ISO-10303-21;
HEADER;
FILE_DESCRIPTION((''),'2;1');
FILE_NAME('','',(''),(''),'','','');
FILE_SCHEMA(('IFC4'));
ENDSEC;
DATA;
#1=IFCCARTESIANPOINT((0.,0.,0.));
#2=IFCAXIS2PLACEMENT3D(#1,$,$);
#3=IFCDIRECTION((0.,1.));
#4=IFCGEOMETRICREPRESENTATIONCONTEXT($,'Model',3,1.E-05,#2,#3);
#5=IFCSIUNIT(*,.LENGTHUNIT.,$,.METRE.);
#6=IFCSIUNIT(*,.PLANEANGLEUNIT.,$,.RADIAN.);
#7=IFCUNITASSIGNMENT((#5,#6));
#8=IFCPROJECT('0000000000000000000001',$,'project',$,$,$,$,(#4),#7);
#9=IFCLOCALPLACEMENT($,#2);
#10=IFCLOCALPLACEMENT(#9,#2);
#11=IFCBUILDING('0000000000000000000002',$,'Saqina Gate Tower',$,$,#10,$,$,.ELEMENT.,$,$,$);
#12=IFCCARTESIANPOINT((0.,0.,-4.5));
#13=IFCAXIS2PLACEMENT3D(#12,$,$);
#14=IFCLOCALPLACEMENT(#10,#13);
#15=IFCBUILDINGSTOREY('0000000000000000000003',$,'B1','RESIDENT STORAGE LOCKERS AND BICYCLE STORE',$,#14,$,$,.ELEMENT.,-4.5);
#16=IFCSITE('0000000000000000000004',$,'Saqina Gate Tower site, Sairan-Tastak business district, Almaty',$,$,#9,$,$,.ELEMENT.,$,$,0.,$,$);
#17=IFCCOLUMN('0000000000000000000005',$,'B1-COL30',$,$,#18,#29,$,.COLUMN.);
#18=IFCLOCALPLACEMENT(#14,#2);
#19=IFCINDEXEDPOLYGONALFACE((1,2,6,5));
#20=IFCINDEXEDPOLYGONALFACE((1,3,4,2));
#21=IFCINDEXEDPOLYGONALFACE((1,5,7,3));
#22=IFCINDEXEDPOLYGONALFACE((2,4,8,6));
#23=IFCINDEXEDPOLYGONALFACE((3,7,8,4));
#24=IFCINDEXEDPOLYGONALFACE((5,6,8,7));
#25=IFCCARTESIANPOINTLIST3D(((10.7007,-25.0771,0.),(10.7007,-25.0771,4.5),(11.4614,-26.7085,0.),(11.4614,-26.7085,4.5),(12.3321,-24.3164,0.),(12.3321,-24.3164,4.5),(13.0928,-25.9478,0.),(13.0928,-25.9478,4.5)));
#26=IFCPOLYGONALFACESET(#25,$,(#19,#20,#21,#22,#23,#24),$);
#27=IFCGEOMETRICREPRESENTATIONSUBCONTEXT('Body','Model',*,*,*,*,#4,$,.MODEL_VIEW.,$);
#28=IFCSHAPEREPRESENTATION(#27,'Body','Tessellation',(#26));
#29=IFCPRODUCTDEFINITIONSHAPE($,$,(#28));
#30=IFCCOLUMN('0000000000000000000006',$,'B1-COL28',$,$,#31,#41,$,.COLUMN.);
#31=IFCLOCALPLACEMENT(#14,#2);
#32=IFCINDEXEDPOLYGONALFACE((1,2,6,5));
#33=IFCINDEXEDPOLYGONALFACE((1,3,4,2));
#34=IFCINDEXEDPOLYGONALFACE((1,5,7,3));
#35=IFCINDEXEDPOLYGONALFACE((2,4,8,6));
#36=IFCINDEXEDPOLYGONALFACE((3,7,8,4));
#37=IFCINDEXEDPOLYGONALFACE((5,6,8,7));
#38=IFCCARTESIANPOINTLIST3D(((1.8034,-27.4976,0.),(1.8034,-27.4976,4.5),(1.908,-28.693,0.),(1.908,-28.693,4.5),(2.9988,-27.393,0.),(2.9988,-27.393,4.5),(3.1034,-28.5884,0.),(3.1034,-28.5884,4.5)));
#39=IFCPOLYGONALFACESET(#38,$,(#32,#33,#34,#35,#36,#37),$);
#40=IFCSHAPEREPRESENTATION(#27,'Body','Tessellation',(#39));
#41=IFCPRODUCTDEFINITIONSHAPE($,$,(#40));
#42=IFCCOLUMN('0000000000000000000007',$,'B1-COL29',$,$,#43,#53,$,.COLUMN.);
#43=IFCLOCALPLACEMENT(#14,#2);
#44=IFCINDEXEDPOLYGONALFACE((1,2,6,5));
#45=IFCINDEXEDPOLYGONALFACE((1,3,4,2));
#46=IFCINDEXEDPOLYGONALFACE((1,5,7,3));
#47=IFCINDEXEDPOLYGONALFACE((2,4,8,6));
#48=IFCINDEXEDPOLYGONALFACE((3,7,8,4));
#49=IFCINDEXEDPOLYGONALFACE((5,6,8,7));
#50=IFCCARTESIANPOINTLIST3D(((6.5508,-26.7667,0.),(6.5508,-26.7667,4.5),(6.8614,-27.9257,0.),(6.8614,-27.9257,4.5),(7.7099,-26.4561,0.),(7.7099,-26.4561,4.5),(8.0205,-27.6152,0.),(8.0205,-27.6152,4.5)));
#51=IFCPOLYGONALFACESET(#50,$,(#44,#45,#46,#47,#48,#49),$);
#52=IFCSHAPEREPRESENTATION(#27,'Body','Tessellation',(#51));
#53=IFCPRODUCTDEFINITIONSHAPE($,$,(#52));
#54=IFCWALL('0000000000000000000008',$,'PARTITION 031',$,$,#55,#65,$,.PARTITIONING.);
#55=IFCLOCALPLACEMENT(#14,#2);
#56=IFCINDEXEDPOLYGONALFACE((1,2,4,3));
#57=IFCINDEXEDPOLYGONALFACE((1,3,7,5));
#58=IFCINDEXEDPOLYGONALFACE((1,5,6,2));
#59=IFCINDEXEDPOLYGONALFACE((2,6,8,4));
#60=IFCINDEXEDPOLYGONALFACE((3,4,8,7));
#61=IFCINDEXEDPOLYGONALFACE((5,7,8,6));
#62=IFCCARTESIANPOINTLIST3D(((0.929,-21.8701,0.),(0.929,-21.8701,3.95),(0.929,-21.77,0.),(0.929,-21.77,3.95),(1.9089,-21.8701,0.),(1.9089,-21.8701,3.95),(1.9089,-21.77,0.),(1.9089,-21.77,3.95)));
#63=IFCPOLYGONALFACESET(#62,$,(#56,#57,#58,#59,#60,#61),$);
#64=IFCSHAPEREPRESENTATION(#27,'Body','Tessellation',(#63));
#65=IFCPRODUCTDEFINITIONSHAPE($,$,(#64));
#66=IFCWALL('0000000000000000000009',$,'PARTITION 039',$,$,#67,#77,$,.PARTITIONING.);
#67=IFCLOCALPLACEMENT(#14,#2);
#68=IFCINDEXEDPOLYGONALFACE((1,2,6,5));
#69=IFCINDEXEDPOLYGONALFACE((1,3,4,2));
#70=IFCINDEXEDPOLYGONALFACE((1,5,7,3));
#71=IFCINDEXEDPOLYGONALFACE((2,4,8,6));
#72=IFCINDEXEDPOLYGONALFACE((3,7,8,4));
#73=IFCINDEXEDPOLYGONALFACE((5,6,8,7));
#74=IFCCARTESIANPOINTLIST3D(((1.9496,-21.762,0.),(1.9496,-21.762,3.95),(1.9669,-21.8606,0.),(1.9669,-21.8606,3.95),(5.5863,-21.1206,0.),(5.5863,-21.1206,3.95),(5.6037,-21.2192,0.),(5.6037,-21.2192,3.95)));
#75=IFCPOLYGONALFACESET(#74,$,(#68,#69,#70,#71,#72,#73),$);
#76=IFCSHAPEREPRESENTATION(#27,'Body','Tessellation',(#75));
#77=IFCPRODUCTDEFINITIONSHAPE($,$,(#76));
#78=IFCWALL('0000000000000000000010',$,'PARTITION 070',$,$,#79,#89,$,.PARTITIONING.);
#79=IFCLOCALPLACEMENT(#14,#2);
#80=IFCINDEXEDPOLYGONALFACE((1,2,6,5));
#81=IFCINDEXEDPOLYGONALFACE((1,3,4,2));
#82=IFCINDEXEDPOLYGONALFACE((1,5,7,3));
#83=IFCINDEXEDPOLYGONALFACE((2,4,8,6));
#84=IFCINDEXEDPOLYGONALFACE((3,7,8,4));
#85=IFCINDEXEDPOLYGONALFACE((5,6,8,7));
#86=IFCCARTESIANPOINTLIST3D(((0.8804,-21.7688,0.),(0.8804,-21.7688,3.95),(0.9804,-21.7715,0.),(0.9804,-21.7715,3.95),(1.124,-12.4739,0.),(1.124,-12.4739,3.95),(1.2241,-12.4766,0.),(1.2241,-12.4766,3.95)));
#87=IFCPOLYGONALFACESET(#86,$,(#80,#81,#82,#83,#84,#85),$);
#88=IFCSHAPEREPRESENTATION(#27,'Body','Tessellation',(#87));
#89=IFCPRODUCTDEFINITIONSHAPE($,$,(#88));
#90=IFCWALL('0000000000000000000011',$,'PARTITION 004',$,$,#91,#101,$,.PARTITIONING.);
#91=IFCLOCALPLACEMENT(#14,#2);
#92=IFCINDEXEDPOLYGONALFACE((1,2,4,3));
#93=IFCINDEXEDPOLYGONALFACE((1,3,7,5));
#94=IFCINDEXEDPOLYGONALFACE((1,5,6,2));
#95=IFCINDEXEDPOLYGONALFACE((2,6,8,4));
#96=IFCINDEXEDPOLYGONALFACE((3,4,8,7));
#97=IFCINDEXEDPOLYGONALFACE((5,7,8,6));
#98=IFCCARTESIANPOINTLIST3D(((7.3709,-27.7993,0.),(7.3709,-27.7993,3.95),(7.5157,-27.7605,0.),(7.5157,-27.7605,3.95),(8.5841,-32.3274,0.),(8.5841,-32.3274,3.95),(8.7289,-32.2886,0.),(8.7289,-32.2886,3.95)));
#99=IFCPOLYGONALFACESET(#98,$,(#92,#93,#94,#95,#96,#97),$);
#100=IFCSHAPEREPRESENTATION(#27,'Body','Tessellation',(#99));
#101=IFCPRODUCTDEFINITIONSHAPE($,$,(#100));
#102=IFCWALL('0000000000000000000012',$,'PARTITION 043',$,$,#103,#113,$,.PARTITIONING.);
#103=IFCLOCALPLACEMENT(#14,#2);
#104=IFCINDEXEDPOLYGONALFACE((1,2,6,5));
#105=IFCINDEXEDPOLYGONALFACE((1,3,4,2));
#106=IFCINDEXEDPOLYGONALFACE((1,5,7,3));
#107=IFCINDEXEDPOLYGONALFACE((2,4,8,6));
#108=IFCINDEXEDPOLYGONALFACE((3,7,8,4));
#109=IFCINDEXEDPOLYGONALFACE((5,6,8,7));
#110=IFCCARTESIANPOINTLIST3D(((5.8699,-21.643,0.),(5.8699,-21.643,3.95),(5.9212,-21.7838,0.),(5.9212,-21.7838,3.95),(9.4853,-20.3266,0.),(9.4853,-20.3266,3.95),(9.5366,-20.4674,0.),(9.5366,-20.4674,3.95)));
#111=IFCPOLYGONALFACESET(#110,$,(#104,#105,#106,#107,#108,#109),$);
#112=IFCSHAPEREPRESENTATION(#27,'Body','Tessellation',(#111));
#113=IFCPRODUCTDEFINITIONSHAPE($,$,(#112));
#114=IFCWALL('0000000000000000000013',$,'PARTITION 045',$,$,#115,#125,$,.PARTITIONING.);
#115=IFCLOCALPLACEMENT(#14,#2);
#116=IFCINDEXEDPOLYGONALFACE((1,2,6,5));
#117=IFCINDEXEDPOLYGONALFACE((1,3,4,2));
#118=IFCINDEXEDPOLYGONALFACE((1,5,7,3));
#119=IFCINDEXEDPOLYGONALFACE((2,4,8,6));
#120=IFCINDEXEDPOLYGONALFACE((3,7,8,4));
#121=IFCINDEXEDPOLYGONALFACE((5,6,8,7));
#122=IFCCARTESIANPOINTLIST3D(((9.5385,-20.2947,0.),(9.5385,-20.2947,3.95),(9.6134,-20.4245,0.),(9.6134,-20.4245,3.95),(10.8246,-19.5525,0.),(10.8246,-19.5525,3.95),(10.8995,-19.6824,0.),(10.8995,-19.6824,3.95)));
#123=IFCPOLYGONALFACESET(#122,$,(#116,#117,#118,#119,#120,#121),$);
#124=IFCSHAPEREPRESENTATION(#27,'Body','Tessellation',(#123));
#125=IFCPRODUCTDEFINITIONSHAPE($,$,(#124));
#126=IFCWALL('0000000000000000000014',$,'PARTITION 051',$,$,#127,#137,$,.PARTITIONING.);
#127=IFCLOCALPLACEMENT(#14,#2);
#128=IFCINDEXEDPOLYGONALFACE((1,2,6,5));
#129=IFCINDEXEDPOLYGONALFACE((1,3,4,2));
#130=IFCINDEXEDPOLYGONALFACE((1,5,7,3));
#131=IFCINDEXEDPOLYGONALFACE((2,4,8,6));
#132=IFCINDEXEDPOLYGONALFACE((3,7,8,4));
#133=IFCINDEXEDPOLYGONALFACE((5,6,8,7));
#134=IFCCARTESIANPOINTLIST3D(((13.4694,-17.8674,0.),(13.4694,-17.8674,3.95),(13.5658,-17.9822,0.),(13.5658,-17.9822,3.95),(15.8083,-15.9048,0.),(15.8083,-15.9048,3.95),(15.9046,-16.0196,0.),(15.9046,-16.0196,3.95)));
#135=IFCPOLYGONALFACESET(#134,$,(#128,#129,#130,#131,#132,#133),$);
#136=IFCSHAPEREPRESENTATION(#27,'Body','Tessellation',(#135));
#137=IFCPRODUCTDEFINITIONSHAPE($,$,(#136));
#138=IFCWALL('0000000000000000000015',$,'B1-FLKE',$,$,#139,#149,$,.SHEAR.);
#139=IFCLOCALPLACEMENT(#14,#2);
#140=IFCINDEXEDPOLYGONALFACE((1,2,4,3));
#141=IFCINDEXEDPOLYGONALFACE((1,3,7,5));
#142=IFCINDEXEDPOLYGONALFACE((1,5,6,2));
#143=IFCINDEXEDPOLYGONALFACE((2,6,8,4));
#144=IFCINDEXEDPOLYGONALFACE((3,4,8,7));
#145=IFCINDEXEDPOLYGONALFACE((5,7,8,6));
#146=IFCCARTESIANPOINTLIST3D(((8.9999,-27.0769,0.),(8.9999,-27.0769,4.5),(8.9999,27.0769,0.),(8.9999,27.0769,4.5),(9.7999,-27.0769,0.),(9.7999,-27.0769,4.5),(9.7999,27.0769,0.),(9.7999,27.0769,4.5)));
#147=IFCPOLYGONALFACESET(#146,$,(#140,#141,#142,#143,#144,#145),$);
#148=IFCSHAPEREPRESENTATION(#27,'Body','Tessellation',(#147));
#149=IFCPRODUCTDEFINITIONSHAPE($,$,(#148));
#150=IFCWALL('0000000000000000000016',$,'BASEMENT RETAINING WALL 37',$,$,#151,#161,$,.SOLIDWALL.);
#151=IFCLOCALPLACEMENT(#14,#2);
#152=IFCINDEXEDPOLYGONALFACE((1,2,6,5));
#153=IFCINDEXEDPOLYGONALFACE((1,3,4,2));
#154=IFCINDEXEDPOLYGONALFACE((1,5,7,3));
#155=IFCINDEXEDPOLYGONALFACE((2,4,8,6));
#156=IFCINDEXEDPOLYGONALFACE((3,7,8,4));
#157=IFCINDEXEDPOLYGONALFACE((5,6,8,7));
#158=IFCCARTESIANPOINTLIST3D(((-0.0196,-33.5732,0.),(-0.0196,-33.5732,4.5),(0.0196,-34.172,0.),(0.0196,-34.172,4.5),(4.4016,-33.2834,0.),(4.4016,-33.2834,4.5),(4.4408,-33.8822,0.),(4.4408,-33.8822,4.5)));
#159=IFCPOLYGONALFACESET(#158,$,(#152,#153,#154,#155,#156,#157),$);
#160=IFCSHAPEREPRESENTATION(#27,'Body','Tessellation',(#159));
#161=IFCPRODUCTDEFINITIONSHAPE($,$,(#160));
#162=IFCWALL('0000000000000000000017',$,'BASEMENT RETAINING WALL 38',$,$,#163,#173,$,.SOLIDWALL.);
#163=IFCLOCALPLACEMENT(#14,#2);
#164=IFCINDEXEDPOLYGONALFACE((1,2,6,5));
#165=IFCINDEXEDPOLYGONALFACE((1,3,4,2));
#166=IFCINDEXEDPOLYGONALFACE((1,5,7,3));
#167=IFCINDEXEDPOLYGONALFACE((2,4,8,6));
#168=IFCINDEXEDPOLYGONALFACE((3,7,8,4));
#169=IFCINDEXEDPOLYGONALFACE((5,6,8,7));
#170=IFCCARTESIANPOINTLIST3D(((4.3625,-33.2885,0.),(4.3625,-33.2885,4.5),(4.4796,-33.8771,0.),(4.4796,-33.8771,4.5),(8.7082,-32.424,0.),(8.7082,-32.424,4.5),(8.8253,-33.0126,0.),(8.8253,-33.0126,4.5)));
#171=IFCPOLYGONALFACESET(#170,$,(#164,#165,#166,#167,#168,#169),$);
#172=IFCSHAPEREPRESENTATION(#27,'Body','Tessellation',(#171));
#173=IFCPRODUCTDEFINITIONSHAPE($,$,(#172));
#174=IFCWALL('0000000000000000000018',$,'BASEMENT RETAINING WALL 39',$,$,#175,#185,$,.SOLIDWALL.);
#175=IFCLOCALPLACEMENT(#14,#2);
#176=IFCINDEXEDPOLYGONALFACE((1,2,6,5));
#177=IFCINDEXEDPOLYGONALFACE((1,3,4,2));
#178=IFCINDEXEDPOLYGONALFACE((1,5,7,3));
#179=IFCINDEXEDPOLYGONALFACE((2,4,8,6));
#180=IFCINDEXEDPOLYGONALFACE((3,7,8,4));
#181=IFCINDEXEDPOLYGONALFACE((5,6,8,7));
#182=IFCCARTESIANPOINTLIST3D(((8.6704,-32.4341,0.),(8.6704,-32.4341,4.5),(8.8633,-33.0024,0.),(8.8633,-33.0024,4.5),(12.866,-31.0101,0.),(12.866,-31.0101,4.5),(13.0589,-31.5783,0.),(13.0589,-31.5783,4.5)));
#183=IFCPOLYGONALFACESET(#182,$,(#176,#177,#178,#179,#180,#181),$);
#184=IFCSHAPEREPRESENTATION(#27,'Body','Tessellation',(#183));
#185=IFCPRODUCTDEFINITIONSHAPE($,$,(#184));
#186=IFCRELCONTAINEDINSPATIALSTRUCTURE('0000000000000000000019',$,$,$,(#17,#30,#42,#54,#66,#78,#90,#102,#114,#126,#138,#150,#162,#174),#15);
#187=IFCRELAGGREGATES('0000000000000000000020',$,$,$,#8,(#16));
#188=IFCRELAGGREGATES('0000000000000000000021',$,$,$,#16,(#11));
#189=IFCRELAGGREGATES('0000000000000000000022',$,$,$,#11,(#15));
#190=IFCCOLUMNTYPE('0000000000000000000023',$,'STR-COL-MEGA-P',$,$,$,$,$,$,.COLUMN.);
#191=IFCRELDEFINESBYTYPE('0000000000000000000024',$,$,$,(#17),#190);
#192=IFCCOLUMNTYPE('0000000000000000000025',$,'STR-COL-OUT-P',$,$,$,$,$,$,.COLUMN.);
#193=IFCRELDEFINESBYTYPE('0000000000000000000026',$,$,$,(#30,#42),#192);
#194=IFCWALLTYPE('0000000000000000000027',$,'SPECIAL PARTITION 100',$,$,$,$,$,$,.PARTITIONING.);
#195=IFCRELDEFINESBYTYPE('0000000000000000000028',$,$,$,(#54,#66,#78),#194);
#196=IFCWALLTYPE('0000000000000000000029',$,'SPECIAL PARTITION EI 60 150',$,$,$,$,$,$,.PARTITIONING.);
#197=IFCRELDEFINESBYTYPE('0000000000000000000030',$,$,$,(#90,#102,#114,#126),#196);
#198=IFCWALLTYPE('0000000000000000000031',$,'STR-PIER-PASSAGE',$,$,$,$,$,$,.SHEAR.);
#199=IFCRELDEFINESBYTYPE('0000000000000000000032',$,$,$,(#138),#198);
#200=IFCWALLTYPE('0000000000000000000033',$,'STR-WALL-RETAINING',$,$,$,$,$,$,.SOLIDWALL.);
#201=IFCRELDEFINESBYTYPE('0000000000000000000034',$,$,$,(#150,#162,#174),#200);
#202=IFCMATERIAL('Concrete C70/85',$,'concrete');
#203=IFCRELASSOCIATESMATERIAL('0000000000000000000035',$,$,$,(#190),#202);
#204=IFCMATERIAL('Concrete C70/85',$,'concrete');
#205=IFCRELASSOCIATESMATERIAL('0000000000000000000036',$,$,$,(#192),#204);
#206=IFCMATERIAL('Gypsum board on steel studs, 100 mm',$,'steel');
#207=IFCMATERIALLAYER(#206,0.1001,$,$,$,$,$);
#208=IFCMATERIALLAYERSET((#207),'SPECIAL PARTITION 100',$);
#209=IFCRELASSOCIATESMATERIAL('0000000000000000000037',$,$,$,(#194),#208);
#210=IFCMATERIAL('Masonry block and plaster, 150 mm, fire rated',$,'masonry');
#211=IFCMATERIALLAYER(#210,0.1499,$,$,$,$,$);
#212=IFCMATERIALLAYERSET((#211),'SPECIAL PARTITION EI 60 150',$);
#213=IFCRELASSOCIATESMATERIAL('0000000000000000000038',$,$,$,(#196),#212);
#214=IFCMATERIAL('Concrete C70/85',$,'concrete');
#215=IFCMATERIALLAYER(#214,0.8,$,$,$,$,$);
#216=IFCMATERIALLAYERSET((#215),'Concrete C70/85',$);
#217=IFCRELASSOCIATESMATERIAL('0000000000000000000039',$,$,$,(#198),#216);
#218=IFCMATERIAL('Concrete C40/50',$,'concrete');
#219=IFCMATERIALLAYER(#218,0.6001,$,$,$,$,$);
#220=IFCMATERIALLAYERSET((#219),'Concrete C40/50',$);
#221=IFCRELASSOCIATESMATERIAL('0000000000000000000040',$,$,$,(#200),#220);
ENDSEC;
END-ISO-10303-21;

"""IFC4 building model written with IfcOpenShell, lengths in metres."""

from ifc_helpers import new_model, si_unit, direction, frame, frame_2d, origin, origin_2d, place, context, subcontext, project, spatial, rectangle, extrude, material, layer, layer_set, material_profile, profile_set, type_object, element, save


model = new_model("IFC4")

# Units and contexts
model_context = context("Model", 3, precision=1e-05, world=origin(), true_north=direction((0.0, 1.0)))
body_context = subcontext(model_context, "Body", "Model", "MODEL_VIEW")
ifc_project = project(units=[si_unit("LENGTHUNIT", "METRE"), si_unit("PLANEANGLEUNIT", "RADIAN")], contexts=[model_context])

# Site, building, storey
site_placement = place(None, origin())
site = spatial("IfcSite", under=ifc_project, at=site_placement, Name="Saqina Gate Tower site, Sairan-Tastak business district, Almaty", CompositionType="ELEMENT", RefElevation=0.0)
building_placement = place(site_placement, origin())
building = spatial("IfcBuilding", under=site, at=building_placement, Name="Saqina Gate Tower", CompositionType="ELEMENT")
storey_placement = place(building_placement, frame((0.0, 0.0, -4.5)))
storey = spatial("IfcBuildingStorey", under=building, at=storey_placement, Name="B1", Description="RESIDENT STORAGE LOCKERS AND BICYCLE STORE", CompositionType="ELEMENT", Elevation=-4.5)

# Columns
ifc_material_1 = material(Name="Concrete C70/85", Category="concrete")
ifc_material_profile_1 = material_profile(ifc_material_1, rectangle(XDim=1.8, YDim=1.8, at=origin_2d()), Name="RC 1800x1800")
ifc_profile_set_1 = profile_set([ifc_material_profile_1], Name="Concrete C70/85")
column_type_1 = type_object("IfcColumnType", Name="STR-COL-MEGA-P", PredefinedType="COLUMN", material=ifc_profile_set_1)
column_placement = place(storey_placement, frame((11.8967, -25.5125, 0.0), z_axis=(0.0, 0.0, 1.0), x_axis=(0.422618, -0.906308, 0.0)))
element("IfcColumn", 1, at=column_placement, inside=storey, type_object=column_type_1, Name="B1-COL30", PredefinedType="COLUMN", context=body_context, shape_type="SweptSolid", body=[
    extrude(rectangle(XDim=1.8, YDim=1.8, at=origin_2d()), origin(), (0.0, 0.0, 1.0), 4.5),
])
ifc_material_2 = material(Name="Concrete C70/85", Category="concrete")
ifc_material_profile_2 = material_profile(ifc_material_2, rectangle(XDim=1.2, YDim=1.2, at=origin_2d()), Name="RC 1200x1200")
ifc_profile_set_2 = profile_set([ifc_material_profile_2], Name="Concrete C70/85")
column_type_2 = type_object("IfcColumnType", Name="STR-COL-OUT-P", PredefinedType="COLUMN", material=ifc_profile_set_2)
for number, where, z_axis, x_axis, name in (
    (2, (2.4534, -28.043, 0.0), (0.0, 0.0, 1.0), (0.087156, -0.996195, 0.0), "B1-COL28"),
    (3, (7.2856, -27.1909, 0.0), (0.0, 0.0, 1.0), (0.258819, -0.965926, 0.0), "B1-COL29"),
):
    element("IfcColumn", number, at=place(storey_placement, frame(where, z_axis=z_axis, x_axis=x_axis)), inside=storey, type_object=column_type_2, Name=name, PredefinedType="COLUMN", context=body_context, shape_type="SweptSolid", body=[
        extrude(rectangle(XDim=1.2, YDim=1.2, at=origin_2d()), origin(), (0.0, 0.0, 1.0), 4.5),
    ])

# Walls
ifc_material_3 = material(Name="Gypsum board on steel studs, 100 mm", Category="steel")
ifc_layer_1 = layer(ifc_material_3, 0.1001)
ifc_layer_set_1 = layer_set([ifc_layer_1], Name="SPECIAL PARTITION 100")
wall_type_1 = type_object("IfcWallType", Name="SPECIAL PARTITION 100", PredefinedType="PARTITIONING", material=ifc_layer_set_1)
wall_1_placement = place(storey_placement, frame((0.929, -21.8201, 0.0), z_axis=(0.0, 0.0, 1.0), x_axis=(1.0, 0.0, 0.0)))
element("IfcWall", 4, at=wall_1_placement, inside=storey, type_object=wall_type_1, Name="PARTITION 031", PredefinedType="PARTITIONING", context=body_context, shape_type="SweptSolid", body=[
    extrude(rectangle(XDim=0.98, YDim=0.1001, at=frame_2d((0.49, 0.0))), origin(), (0.0, 0.0, 1.0), 3.95),
])
wall_2_placement = place(storey_placement, frame((1.9583, -21.8113, 0.0), z_axis=(0.0, 0.0, 1.0), x_axis=(0.984803, 0.173676, 0.0)))
element("IfcWall", 5, at=wall_2_placement, inside=storey, type_object=wall_type_1, Name="PARTITION 039", PredefinedType="PARTITIONING", context=body_context, shape_type="SweptSolid", body=[
    extrude(rectangle(XDim=3.6929, YDim=0.1001, at=frame_2d((1.8464, 0.0))), origin(), (0.0, 0.0, 1.0), 3.95),
])
wall_3_placement = place(storey_placement, frame((0.9304, -21.77, 0.0), z_axis=(0.0, 0.0, 1.0), x_axis=(0.026204, 0.999657, 0.0)))
element("IfcWall", 6, at=wall_3_placement, inside=storey, type_object=wall_type_1, Name="PARTITION 070", PredefinedType="PARTITIONING", context=body_context, shape_type="SweptSolid", body=[
    extrude(rectangle(XDim=9.2981, YDim=0.1001, at=frame_2d((4.6489, 0.0))), origin(), (0.0, 0.0, 1.0), 3.95),
])
ifc_material_4 = material(Name="Masonry block and plaster, 150 mm, fire rated", Category="masonry")
ifc_layer_2 = layer(ifc_material_4, 0.1499)
ifc_layer_set_2 = layer_set([ifc_layer_2], Name="SPECIAL PARTITION EI 60 150")
wall_type_2 = type_object("IfcWallType", Name="SPECIAL PARTITION EI 60 150", PredefinedType="PARTITIONING", material=ifc_layer_set_2)
wall_4_placement = place(storey_placement, frame((7.4434, -27.78, 0.0), z_axis=(0.0, 0.0, 1.0), x_axis=(0.258787, -0.965934, 0.0)))
element("IfcWall", 7, at=wall_4_placement, inside=storey, type_object=wall_type_2, Name="PARTITION 004", PredefinedType="PARTITIONING", context=body_context, shape_type="SweptSolid", body=[
    extrude(rectangle(XDim=4.6877, YDim=0.1499, at=frame_2d((2.3438, 0.0))), origin(), (0.0, 0.0, 1.0), 3.95),
])
wall_5_placement = place(storey_placement, frame((5.8955, -21.7134, 0.0), z_axis=(0.0, 0.0, 1.0), x_axis=(0.939653, 0.34213, 0.0)))
element("IfcWall", 8, at=wall_5_placement, inside=storey, type_object=wall_type_2, Name="PARTITION 043", PredefinedType="PARTITIONING", context=body_context, shape_type="SweptSolid", body=[
    extrude(rectangle(XDim=3.8477, YDim=0.1499, at=frame_2d((1.9238, 0.0))), origin(), (0.0, 0.0, 1.0), 3.95),
])
wall_6_placement = place(storey_placement, frame((9.5759, -20.3596, 0.0), z_axis=(0.0, 0.0, 1.0), x_axis=(0.866131, 0.499817, 0.0)))
element("IfcWall", 9, at=wall_6_placement, inside=storey, type_object=wall_type_2, Name="PARTITION 045", PredefinedType="PARTITIONING", context=body_context, shape_type="SweptSolid", body=[
    extrude(rectangle(XDim=1.4849, YDim=0.1499, at=frame_2d((0.7424, 0.0))), origin(), (0.0, 0.0, 1.0), 3.95),
])
wall_7_placement = place(storey_placement, frame((13.5176, -17.9248, 0.0), z_axis=(0.0, 0.0, 1.0), x_axis=(0.766028, 0.642808, 0.0)))
element("IfcWall", 10, at=wall_7_placement, inside=storey, type_object=wall_type_2, Name="PARTITION 051", PredefinedType="PARTITIONING", context=body_context, shape_type="SweptSolid", body=[
    extrude(rectangle(XDim=3.0532, YDim=0.1499, at=frame_2d((1.5266, 0.0))), origin(), (0.0, 0.0, 1.0), 3.95),
])
ifc_material_5 = material(Name="Concrete C70/85", Category="concrete")
ifc_layer_3 = layer(ifc_material_5, 0.8)
ifc_layer_set_3 = layer_set([ifc_layer_3], Name="Concrete C70/85")
wall_type_3 = type_object("IfcWallType", Name="STR-PIER-PASSAGE", PredefinedType="SHEAR", material=ifc_layer_set_3)
wall_8_placement = place(storey_placement, frame((9.3999, -27.0769, 0.0), z_axis=(0.0, 0.0, 1.0), x_axis=(0.0, 1.0, 0.0)))
element("IfcWall", 11, at=wall_8_placement, inside=storey, type_object=wall_type_3, Name="B1-FLKE", PredefinedType="SHEAR", context=body_context, shape_type="SweptSolid", body=[
    extrude(rectangle(XDim=54.1538, YDim=0.8, at=frame_2d((27.0769, 0.0))), origin(), (0.0, 0.0, 1.0), 4.5),
])
ifc_material_6 = material(Name="Concrete C40/50", Category="concrete")
ifc_layer_4 = layer(ifc_material_6, 0.6001)
ifc_layer_set_4 = layer_set([ifc_layer_4], Name="Concrete C40/50")
wall_type_4 = type_object("IfcWallType", Name="STR-WALL-RETAINING", PredefinedType="SOLIDWALL", material=ifc_layer_set_4)
wall_9_placement = place(storey_placement, frame((0.0, -33.8726, 0.0), z_axis=(0.0, 0.0, 1.0), x_axis=(0.997859, 0.065407, 0.0)))
element("IfcWall", 12, at=wall_9_placement, inside=storey, type_object=wall_type_4, Name="BASEMENT RETAINING WALL 37", PredefinedType="SOLIDWALL", context=body_context, shape_type="SweptSolid", body=[
    extrude(rectangle(XDim=4.4307, YDim=0.6001, at=frame_2d((2.2153, 0.0))), origin(), (0.0, 0.0, 1.0), 4.5),
])
wall_10_placement = place(storey_placement, frame((4.4211, -33.5828, 0.0), z_axis=(0.0, 0.0, 1.0), x_axis=(0.980781, 0.195109, 0.0)))
element("IfcWall", 13, at=wall_10_placement, inside=storey, type_object=wall_type_4, Name="BASEMENT RETAINING WALL 38", PredefinedType="SOLIDWALL", context=body_context, shape_type="SweptSolid", body=[
    extrude(rectangle(XDim=4.4309, YDim=0.6001, at=frame_2d((2.2153, 0.0))), origin(), (0.0, 0.0, 1.0), 4.5),
])
wall_11_placement = place(storey_placement, frame((8.7668, -32.7183, 0.0), z_axis=(0.0, 0.0, 1.0), x_axis=(0.946939, 0.321414, 0.0)))
element("IfcWall", 14, at=wall_11_placement, inside=storey, type_object=wall_type_4, Name="BASEMENT RETAINING WALL 39", PredefinedType="SOLIDWALL", context=body_context, shape_type="SweptSolid", body=[
    extrude(rectangle(XDim=4.4307, YDim=0.6001, at=frame_2d((2.2153, 0.0))), origin(), (0.0, 0.0, 1.0), 4.5),
])

save(model, "model.ifc")
